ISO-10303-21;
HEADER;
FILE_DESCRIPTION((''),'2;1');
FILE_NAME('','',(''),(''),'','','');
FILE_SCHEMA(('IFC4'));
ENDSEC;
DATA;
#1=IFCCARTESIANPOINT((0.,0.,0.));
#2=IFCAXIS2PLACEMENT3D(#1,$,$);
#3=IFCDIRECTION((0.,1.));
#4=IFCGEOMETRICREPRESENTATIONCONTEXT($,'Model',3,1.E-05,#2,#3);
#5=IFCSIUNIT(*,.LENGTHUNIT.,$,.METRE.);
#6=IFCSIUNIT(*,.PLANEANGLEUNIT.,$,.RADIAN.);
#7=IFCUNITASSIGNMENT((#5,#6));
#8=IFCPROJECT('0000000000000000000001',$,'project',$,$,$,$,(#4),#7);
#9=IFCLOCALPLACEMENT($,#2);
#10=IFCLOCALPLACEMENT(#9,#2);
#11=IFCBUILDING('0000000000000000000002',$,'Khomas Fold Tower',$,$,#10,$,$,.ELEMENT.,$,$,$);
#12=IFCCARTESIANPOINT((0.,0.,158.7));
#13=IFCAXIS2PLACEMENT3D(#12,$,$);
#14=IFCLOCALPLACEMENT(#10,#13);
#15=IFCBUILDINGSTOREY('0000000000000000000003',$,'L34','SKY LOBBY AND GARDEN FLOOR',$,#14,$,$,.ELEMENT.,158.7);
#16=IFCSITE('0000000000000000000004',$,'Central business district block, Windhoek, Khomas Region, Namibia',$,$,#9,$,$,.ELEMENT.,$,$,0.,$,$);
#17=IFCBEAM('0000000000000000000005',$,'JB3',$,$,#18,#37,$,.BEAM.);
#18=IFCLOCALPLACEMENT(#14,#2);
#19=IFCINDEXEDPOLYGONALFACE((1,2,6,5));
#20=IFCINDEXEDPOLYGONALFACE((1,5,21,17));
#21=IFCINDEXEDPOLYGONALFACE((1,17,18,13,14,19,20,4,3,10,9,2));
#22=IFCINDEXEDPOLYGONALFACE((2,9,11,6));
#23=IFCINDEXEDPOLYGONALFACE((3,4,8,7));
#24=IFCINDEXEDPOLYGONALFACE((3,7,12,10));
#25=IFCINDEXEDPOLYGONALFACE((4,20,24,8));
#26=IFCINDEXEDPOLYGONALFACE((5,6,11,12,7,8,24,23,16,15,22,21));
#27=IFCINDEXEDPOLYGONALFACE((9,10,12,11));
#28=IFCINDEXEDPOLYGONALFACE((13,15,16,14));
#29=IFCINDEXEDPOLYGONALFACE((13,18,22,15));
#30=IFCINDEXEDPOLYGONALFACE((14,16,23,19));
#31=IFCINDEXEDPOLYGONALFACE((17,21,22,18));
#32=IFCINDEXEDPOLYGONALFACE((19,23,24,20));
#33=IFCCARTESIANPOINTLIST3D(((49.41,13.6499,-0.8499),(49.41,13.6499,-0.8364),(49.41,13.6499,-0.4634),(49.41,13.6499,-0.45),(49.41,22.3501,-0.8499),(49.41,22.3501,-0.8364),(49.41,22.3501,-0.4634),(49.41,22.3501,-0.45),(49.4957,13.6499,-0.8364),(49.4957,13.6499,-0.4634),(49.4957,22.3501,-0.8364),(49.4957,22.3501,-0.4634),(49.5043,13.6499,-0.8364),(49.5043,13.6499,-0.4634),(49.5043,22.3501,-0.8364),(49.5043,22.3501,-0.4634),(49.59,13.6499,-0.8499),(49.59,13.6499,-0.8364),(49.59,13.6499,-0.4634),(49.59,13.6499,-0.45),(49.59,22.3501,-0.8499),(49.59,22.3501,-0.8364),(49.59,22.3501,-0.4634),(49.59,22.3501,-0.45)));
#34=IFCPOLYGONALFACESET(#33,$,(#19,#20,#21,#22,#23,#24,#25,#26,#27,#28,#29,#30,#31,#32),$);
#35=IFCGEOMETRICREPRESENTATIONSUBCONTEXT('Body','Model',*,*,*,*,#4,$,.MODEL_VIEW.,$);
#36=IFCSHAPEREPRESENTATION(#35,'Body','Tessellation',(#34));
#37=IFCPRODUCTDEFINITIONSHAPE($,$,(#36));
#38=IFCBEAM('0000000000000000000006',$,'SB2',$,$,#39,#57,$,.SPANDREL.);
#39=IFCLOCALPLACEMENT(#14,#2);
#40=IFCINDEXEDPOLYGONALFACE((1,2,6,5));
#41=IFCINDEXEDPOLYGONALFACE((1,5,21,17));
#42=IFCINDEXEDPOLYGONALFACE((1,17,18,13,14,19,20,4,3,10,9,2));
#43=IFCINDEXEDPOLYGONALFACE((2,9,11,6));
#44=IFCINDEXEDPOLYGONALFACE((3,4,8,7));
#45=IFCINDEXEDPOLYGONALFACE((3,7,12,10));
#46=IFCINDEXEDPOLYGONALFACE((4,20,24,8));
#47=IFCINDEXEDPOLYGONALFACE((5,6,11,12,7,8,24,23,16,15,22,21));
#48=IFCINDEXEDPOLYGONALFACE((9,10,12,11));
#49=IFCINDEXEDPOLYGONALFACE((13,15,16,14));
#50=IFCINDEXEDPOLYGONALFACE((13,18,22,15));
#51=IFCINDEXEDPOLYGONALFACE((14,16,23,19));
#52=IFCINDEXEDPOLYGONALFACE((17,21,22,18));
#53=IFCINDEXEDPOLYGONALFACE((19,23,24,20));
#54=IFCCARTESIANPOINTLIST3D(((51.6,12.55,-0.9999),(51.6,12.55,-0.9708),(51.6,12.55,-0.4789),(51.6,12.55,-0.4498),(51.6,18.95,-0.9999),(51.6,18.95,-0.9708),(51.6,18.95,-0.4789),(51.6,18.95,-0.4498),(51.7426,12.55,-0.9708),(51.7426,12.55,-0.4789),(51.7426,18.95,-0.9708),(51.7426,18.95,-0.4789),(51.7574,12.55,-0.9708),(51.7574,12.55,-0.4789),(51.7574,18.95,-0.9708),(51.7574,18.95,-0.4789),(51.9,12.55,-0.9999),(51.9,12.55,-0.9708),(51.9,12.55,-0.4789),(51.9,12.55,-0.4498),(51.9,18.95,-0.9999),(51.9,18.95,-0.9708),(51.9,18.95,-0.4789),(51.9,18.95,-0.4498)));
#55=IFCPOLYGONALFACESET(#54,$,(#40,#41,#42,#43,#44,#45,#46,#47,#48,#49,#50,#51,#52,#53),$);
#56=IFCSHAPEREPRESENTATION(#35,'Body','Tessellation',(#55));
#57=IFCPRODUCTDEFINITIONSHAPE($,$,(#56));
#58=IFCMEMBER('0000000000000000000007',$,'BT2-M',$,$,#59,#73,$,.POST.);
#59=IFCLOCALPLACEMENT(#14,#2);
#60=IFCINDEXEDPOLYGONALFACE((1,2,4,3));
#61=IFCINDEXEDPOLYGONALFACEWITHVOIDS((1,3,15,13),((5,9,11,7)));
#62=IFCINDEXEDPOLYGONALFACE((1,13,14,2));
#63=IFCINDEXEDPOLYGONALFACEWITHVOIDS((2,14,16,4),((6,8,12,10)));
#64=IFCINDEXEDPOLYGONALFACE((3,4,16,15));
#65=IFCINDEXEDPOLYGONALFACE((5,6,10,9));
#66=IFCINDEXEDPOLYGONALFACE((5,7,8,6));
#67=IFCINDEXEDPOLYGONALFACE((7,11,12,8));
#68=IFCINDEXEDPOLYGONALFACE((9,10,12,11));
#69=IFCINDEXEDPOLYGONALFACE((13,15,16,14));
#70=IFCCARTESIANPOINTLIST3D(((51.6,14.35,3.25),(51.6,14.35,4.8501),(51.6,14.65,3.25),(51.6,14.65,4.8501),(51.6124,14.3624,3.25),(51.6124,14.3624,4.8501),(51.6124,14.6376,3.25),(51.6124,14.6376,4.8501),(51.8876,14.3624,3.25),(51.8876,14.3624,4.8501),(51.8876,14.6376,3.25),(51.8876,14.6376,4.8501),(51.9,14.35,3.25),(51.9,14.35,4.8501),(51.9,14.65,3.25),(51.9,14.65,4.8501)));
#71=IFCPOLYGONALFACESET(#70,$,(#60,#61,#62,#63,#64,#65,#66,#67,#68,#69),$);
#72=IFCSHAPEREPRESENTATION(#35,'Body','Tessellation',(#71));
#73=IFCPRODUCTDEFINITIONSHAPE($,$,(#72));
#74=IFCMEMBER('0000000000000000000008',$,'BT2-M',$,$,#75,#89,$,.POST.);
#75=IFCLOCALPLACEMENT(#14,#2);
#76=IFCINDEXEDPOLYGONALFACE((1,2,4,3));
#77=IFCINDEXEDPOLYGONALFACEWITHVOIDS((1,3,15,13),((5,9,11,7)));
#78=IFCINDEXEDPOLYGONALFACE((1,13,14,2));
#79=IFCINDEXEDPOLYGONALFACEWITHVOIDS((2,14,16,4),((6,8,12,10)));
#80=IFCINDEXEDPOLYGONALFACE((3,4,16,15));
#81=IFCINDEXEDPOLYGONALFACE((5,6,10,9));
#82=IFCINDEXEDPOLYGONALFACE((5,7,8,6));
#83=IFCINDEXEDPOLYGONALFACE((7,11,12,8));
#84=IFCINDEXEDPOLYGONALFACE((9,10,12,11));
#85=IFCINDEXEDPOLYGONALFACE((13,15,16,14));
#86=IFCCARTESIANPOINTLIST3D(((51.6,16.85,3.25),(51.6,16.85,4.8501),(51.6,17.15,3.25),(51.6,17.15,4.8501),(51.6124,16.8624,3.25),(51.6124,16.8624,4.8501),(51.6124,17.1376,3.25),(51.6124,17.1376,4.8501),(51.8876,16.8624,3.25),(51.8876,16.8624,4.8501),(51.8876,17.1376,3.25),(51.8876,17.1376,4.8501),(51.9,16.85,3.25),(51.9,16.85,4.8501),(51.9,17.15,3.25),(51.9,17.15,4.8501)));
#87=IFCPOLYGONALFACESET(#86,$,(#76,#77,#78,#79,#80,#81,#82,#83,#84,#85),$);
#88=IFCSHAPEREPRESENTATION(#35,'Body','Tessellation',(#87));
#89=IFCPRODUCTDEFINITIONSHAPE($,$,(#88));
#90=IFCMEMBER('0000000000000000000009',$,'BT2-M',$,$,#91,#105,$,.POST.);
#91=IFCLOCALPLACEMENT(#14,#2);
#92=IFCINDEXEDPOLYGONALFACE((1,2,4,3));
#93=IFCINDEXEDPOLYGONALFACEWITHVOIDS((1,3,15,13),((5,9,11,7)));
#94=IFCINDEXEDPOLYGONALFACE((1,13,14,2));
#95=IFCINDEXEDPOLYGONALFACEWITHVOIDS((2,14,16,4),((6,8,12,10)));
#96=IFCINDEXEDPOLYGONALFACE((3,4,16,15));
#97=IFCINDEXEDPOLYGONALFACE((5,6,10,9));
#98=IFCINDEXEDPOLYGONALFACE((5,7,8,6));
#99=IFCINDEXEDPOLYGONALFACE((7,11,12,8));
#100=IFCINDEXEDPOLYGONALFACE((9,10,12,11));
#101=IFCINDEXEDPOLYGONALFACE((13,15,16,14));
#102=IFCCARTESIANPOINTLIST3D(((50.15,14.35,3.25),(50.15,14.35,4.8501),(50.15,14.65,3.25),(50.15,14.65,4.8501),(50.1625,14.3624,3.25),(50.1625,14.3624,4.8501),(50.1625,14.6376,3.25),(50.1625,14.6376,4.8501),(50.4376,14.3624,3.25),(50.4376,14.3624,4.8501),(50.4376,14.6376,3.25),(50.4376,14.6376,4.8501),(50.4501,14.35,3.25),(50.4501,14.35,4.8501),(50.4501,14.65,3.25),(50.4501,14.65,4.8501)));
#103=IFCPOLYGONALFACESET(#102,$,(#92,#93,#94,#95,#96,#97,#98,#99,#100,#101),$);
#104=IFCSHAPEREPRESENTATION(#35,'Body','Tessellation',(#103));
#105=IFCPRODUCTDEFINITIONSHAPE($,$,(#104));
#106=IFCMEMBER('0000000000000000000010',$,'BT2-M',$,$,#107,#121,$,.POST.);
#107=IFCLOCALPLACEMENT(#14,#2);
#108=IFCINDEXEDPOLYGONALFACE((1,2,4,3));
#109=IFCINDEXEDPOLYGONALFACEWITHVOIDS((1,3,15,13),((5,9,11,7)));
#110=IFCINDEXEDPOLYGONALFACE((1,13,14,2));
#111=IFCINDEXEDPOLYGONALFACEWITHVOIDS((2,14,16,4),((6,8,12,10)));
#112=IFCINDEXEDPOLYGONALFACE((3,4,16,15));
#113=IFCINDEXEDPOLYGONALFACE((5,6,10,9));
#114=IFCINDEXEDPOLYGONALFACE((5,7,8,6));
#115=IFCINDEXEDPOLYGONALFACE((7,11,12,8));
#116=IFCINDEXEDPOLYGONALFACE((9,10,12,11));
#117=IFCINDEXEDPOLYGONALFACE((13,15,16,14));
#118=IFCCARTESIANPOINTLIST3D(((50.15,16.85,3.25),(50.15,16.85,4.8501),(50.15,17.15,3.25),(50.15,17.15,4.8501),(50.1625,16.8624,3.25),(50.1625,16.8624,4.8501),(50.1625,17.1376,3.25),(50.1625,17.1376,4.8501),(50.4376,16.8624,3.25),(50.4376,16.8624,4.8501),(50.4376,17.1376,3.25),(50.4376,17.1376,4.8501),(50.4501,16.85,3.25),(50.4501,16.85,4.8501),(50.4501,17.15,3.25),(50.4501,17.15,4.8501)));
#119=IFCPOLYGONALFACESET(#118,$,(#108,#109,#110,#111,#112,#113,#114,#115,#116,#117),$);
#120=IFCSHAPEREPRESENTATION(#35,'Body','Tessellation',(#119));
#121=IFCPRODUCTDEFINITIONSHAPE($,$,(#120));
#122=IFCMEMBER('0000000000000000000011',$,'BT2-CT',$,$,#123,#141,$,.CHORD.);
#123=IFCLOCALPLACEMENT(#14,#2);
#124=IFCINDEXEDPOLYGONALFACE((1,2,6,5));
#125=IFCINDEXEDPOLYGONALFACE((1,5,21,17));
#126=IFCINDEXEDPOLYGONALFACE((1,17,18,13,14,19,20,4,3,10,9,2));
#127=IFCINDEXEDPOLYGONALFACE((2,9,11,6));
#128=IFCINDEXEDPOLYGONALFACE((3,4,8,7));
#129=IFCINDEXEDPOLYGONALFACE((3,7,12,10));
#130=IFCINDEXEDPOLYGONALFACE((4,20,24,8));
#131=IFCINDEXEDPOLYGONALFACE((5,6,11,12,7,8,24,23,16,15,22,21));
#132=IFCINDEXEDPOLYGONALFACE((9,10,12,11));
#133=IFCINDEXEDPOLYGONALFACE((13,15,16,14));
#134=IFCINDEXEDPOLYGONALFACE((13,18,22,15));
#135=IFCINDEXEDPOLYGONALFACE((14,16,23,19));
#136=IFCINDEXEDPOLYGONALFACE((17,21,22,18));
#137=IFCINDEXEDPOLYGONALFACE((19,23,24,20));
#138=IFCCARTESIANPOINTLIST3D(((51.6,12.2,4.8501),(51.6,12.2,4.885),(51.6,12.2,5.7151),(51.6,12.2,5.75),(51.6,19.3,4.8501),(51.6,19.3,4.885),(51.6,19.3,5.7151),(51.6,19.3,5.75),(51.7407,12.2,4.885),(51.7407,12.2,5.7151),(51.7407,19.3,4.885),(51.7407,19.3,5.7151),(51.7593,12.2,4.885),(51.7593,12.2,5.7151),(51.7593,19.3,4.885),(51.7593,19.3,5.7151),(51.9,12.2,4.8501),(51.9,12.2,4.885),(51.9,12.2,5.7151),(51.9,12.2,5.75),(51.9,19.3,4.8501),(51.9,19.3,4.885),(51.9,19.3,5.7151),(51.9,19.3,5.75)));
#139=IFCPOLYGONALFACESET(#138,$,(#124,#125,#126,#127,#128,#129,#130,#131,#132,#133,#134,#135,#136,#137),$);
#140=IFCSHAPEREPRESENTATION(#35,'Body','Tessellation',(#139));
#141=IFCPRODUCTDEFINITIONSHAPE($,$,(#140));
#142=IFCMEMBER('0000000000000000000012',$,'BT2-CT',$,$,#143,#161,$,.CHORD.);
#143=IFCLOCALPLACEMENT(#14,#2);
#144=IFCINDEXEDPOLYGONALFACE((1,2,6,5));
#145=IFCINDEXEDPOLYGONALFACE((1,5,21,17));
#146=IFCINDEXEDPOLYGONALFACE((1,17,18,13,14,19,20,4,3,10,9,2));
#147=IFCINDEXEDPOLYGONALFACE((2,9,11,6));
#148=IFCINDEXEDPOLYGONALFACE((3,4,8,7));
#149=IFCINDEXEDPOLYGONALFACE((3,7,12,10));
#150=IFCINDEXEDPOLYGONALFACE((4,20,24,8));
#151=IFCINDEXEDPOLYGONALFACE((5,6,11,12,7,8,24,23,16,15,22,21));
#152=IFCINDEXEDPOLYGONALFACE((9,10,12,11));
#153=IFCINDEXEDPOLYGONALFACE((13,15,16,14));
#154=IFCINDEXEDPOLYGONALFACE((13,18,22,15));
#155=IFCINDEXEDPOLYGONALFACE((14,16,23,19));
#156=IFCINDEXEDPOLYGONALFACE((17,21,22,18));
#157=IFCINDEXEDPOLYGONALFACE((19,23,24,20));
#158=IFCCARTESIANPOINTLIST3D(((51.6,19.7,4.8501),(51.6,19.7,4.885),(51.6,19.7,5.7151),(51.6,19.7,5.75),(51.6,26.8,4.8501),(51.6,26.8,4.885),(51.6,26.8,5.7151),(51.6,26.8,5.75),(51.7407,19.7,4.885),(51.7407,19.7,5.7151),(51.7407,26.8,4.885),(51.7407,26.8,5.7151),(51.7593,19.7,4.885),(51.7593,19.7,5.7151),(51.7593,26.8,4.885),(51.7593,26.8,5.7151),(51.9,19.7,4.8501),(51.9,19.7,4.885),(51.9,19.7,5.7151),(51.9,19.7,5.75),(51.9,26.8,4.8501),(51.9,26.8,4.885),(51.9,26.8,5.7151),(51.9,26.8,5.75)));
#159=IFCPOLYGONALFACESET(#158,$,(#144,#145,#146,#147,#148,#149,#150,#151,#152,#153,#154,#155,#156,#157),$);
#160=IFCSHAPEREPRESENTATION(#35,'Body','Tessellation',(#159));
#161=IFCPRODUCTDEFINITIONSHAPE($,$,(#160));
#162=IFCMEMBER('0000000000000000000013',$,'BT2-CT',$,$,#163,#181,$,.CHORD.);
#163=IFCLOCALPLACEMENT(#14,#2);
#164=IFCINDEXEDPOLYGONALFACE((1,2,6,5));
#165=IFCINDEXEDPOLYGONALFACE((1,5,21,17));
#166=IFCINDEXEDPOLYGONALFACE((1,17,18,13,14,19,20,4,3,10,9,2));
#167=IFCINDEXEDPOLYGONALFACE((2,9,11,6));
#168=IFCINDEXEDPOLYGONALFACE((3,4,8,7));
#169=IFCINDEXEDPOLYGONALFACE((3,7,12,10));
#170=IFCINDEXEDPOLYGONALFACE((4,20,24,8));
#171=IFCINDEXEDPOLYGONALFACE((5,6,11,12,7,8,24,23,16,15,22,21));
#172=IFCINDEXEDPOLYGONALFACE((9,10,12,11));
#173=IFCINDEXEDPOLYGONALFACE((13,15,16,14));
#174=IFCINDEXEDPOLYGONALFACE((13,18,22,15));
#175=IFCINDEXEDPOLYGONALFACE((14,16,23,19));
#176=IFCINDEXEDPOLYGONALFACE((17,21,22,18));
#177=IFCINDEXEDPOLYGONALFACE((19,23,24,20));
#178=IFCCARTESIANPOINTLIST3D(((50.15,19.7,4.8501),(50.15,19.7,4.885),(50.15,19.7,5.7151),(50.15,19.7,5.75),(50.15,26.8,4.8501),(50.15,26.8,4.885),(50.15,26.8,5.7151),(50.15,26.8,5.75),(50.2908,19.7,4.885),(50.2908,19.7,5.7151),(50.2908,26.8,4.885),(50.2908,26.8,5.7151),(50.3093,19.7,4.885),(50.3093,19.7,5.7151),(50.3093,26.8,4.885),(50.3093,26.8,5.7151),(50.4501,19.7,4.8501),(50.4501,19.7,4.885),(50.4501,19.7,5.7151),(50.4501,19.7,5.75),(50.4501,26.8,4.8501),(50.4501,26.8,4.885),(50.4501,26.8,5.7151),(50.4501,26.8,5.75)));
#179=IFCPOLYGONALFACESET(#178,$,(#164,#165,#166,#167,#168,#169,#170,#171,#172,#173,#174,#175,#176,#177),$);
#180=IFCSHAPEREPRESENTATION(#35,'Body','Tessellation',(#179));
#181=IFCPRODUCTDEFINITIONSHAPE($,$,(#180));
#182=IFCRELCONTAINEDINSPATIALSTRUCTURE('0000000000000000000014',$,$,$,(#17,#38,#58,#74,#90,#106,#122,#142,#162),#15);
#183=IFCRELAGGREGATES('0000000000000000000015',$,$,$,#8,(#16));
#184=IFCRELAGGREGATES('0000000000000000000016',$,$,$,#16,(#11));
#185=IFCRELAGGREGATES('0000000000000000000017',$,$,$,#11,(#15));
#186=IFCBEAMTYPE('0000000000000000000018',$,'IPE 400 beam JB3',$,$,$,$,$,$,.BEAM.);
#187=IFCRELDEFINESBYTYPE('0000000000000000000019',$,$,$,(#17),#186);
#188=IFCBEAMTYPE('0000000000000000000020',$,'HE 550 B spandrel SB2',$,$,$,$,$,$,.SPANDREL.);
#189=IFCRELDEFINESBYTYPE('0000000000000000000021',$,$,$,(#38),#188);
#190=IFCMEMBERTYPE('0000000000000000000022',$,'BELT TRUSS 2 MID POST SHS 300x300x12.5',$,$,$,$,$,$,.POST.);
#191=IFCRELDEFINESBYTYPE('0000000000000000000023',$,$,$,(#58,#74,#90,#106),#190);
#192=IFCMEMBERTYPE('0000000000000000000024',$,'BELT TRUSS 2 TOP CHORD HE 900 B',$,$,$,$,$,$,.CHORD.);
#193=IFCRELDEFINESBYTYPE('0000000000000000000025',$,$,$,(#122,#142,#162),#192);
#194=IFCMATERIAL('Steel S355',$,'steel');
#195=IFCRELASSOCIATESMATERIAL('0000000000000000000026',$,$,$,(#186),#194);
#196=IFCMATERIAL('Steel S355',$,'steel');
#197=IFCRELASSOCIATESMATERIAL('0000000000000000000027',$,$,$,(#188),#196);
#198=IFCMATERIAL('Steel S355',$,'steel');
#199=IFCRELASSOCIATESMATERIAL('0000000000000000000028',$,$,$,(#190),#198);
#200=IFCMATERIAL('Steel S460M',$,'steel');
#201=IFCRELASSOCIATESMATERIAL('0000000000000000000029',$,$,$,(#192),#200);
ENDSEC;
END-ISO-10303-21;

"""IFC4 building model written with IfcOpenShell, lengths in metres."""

from ifc_helpers import new_model, si_unit, direction, frame, origin, origin_2d, place, context, subcontext, project, spatial, hollow_rectangle, i_section, extrude, source, transform, mapped, material, material_profile, profile_set, type_object, element, save


model = new_model("IFC4")

# Units and contexts
model_context = context("Model", 3, precision=1e-05, world=origin(), true_north=direction((0.0, 1.0)))
body_context = subcontext(model_context, "Body", "Model", "MODEL_VIEW")
ifc_project = project(units=[si_unit("LENGTHUNIT", "METRE"), si_unit("PLANEANGLEUNIT", "RADIAN")], contexts=[model_context])

# Site, building, storey
site_placement = place(None, origin())
site = spatial("IfcSite", under=ifc_project, at=site_placement, Name="Central business district block, Windhoek, Khomas Region, Namibia", CompositionType="ELEMENT", RefElevation=0.0)
building_placement = place(site_placement, origin())
building = spatial("IfcBuilding", under=site, at=building_placement, Name="Khomas Fold Tower", CompositionType="ELEMENT")
storey_placement = place(building_placement, frame((0.0, 0.0, 158.7)))
storey = spatial("IfcBuildingStorey", under=building, at=storey_placement, Name="L34", Description="SKY LOBBY AND GARDEN FLOOR", CompositionType="ELEMENT", Elevation=158.7)

# Beams
ifc_material_1 = material(Name="Steel S355", Category="steel")
ifc_material_profile_1 = material_profile(ifc_material_1, i_section(OverallWidth=0.1799, OverallDepth=0.3999, WebThickness=0.0085, FlangeThickness=0.0134, at=origin_2d()), Name="IPE 400")
ifc_profile_set_1 = profile_set([ifc_material_profile_1], Name="Steel S355")
beam_type_1 = type_object("IfcBeamType", Name="IPE 400 beam JB3", PredefinedType="BEAM", material=ifc_profile_set_1)
shared_shape_1 = source(origin(), body_context, "Body", "SweptSolid", [
    extrude(i_section(OverallWidth=0.1799, OverallDepth=0.3999, WebThickness=0.0085, FlangeThickness=0.0134, at=origin_2d()), origin(), (0.0, 0.0, 1.0), 8.7002),
])
beam_1_placement = place(storey_placement, frame((49.5, 13.6499, -0.6499), z_axis=(0.0, 1.0, 0.0), x_axis=(-1.0, 0.0, 0.0)))
element("IfcBeam", 1, at=beam_1_placement, inside=storey, type_object=beam_type_1, Name="JB3", PredefinedType="BEAM", context=body_context, shape_type="MappedRepresentation", body=[
    mapped(shared_shape_1, transform((0.0, 0.0, 0.0))),
])
ifc_material_2 = material(Name="Steel S355", Category="steel")
ifc_material_profile_2 = material_profile(ifc_material_2, i_section(OverallWidth=0.3, OverallDepth=0.55, WebThickness=0.0149, FlangeThickness=0.0291, at=origin_2d()), Name="HE 550 B")
ifc_profile_set_2 = profile_set([ifc_material_profile_2], Name="Steel S355")
beam_type_2 = type_object("IfcBeamType", Name="HE 550 B spandrel SB2", PredefinedType="SPANDREL", material=ifc_profile_set_2)
shared_shape_2 = source(origin(), body_context, "Body", "SweptSolid", [
    extrude(i_section(OverallWidth=0.3, OverallDepth=0.55, WebThickness=0.0149, FlangeThickness=0.0291, at=origin_2d()), origin(), (0.0, 0.0, 1.0), 6.3999),
])
beam_2_placement = place(storey_placement, frame((51.75, 12.55, -0.7249), z_axis=(0.0, 1.0, 0.0), x_axis=(-1.0, 0.0, 0.0)))
element("IfcBeam", 2, at=beam_2_placement, inside=storey, type_object=beam_type_2, Name="SB2", PredefinedType="SPANDREL", context=body_context, shape_type="MappedRepresentation", body=[
    mapped(shared_shape_2, transform((0.0, 0.0, 0.0))),
])

# Members
ifc_material_3 = material(Name="Steel S355", Category="steel")
ifc_material_profile_3 = material_profile(ifc_material_3, hollow_rectangle(XDim=0.3, YDim=0.3, WallThickness=0.0125, at=origin_2d()), Name="SHS 300x300x12.5")
ifc_profile_set_3 = profile_set([ifc_material_profile_3], Name="Steel S355")
member_type_1 = type_object("IfcMemberType", Name="BELT TRUSS 2 MID POST SHS 300x300x12.5", PredefinedType="POST", material=ifc_profile_set_3)
shared_shape_3 = source(origin(), body_context, "Body", "SweptSolid", [
    extrude(hollow_rectangle(XDim=0.3, YDim=0.3, WallThickness=0.0125, at=origin_2d()), origin(), (0.0, 0.0, 1.0), 1.6001),
])
for number, where, z_axis, x_axis, name in (
    (3, (51.75, 14.5, 3.25), (0.0, 0.0, 1.0), (1.0, 0.0, 0.0), "BT2-M"),
    (4, (51.75, 17.0, 3.25), (0.0, 0.0, 1.0), (1.0, 0.0, 0.0), "BT2-M"),
    (5, (50.3, 14.5, 3.25), (0.0, 0.0, 1.0), (1.0, 0.0, 0.0), "BT2-M"),
    (6, (50.3, 17.0, 3.25), (0.0, 0.0, 1.0), (1.0, 0.0, 0.0), "BT2-M"),
):
    element("IfcMember", number, at=place(storey_placement, frame(where, z_axis=z_axis, x_axis=x_axis)), inside=storey, type_object=member_type_1, Name=name, PredefinedType="POST", context=body_context, shape_type="MappedRepresentation", body=[
        mapped(shared_shape_3, transform((0.0, 0.0, 0.0))),
    ])
ifc_material_4 = material(Name="Steel S460M", Category="steel")
ifc_material_profile_4 = material_profile(ifc_material_4, i_section(OverallWidth=0.3, OverallDepth=0.8999, WebThickness=0.0186, FlangeThickness=0.0349, at=origin_2d()), Name="HE 900 B")
ifc_profile_set_4 = profile_set([ifc_material_profile_4], Name="Steel S460M")
member_type_2 = type_object("IfcMemberType", Name="BELT TRUSS 2 TOP CHORD HE 900 B", PredefinedType="CHORD", material=ifc_profile_set_4)
shared_shape_4 = source(origin(), body_context, "Body", "SweptSolid", [
    extrude(i_section(OverallWidth=0.3, OverallDepth=0.8999, WebThickness=0.0186, FlangeThickness=0.0349, at=origin_2d()), origin(), (0.0, 0.0, 1.0), 7.1001),
])
for number, where, z_axis, x_axis, name in (
    (7, (51.75, 12.2, 5.3), (0.0, 1.0, 0.0), (-1.0, 0.0, 0.0), "BT2-CT"),
    (8, (51.75, 19.7, 5.3), (0.0, 1.0, 0.0), (-1.0, 0.0, 0.0), "BT2-CT"),
    (9, (50.3, 19.7, 5.3), (0.0, 1.0, 0.0), (-1.0, 0.0, 0.0), "BT2-CT"),
):
    element("IfcMember", number, at=place(storey_placement, frame(where, z_axis=z_axis, x_axis=x_axis)), inside=storey, type_object=member_type_2, Name=name, PredefinedType="CHORD", context=body_context, shape_type="MappedRepresentation", body=[
        mapped(shared_shape_4, transform((0.0, 0.0, 0.0))),
    ])

save(model, "model.ifc")
